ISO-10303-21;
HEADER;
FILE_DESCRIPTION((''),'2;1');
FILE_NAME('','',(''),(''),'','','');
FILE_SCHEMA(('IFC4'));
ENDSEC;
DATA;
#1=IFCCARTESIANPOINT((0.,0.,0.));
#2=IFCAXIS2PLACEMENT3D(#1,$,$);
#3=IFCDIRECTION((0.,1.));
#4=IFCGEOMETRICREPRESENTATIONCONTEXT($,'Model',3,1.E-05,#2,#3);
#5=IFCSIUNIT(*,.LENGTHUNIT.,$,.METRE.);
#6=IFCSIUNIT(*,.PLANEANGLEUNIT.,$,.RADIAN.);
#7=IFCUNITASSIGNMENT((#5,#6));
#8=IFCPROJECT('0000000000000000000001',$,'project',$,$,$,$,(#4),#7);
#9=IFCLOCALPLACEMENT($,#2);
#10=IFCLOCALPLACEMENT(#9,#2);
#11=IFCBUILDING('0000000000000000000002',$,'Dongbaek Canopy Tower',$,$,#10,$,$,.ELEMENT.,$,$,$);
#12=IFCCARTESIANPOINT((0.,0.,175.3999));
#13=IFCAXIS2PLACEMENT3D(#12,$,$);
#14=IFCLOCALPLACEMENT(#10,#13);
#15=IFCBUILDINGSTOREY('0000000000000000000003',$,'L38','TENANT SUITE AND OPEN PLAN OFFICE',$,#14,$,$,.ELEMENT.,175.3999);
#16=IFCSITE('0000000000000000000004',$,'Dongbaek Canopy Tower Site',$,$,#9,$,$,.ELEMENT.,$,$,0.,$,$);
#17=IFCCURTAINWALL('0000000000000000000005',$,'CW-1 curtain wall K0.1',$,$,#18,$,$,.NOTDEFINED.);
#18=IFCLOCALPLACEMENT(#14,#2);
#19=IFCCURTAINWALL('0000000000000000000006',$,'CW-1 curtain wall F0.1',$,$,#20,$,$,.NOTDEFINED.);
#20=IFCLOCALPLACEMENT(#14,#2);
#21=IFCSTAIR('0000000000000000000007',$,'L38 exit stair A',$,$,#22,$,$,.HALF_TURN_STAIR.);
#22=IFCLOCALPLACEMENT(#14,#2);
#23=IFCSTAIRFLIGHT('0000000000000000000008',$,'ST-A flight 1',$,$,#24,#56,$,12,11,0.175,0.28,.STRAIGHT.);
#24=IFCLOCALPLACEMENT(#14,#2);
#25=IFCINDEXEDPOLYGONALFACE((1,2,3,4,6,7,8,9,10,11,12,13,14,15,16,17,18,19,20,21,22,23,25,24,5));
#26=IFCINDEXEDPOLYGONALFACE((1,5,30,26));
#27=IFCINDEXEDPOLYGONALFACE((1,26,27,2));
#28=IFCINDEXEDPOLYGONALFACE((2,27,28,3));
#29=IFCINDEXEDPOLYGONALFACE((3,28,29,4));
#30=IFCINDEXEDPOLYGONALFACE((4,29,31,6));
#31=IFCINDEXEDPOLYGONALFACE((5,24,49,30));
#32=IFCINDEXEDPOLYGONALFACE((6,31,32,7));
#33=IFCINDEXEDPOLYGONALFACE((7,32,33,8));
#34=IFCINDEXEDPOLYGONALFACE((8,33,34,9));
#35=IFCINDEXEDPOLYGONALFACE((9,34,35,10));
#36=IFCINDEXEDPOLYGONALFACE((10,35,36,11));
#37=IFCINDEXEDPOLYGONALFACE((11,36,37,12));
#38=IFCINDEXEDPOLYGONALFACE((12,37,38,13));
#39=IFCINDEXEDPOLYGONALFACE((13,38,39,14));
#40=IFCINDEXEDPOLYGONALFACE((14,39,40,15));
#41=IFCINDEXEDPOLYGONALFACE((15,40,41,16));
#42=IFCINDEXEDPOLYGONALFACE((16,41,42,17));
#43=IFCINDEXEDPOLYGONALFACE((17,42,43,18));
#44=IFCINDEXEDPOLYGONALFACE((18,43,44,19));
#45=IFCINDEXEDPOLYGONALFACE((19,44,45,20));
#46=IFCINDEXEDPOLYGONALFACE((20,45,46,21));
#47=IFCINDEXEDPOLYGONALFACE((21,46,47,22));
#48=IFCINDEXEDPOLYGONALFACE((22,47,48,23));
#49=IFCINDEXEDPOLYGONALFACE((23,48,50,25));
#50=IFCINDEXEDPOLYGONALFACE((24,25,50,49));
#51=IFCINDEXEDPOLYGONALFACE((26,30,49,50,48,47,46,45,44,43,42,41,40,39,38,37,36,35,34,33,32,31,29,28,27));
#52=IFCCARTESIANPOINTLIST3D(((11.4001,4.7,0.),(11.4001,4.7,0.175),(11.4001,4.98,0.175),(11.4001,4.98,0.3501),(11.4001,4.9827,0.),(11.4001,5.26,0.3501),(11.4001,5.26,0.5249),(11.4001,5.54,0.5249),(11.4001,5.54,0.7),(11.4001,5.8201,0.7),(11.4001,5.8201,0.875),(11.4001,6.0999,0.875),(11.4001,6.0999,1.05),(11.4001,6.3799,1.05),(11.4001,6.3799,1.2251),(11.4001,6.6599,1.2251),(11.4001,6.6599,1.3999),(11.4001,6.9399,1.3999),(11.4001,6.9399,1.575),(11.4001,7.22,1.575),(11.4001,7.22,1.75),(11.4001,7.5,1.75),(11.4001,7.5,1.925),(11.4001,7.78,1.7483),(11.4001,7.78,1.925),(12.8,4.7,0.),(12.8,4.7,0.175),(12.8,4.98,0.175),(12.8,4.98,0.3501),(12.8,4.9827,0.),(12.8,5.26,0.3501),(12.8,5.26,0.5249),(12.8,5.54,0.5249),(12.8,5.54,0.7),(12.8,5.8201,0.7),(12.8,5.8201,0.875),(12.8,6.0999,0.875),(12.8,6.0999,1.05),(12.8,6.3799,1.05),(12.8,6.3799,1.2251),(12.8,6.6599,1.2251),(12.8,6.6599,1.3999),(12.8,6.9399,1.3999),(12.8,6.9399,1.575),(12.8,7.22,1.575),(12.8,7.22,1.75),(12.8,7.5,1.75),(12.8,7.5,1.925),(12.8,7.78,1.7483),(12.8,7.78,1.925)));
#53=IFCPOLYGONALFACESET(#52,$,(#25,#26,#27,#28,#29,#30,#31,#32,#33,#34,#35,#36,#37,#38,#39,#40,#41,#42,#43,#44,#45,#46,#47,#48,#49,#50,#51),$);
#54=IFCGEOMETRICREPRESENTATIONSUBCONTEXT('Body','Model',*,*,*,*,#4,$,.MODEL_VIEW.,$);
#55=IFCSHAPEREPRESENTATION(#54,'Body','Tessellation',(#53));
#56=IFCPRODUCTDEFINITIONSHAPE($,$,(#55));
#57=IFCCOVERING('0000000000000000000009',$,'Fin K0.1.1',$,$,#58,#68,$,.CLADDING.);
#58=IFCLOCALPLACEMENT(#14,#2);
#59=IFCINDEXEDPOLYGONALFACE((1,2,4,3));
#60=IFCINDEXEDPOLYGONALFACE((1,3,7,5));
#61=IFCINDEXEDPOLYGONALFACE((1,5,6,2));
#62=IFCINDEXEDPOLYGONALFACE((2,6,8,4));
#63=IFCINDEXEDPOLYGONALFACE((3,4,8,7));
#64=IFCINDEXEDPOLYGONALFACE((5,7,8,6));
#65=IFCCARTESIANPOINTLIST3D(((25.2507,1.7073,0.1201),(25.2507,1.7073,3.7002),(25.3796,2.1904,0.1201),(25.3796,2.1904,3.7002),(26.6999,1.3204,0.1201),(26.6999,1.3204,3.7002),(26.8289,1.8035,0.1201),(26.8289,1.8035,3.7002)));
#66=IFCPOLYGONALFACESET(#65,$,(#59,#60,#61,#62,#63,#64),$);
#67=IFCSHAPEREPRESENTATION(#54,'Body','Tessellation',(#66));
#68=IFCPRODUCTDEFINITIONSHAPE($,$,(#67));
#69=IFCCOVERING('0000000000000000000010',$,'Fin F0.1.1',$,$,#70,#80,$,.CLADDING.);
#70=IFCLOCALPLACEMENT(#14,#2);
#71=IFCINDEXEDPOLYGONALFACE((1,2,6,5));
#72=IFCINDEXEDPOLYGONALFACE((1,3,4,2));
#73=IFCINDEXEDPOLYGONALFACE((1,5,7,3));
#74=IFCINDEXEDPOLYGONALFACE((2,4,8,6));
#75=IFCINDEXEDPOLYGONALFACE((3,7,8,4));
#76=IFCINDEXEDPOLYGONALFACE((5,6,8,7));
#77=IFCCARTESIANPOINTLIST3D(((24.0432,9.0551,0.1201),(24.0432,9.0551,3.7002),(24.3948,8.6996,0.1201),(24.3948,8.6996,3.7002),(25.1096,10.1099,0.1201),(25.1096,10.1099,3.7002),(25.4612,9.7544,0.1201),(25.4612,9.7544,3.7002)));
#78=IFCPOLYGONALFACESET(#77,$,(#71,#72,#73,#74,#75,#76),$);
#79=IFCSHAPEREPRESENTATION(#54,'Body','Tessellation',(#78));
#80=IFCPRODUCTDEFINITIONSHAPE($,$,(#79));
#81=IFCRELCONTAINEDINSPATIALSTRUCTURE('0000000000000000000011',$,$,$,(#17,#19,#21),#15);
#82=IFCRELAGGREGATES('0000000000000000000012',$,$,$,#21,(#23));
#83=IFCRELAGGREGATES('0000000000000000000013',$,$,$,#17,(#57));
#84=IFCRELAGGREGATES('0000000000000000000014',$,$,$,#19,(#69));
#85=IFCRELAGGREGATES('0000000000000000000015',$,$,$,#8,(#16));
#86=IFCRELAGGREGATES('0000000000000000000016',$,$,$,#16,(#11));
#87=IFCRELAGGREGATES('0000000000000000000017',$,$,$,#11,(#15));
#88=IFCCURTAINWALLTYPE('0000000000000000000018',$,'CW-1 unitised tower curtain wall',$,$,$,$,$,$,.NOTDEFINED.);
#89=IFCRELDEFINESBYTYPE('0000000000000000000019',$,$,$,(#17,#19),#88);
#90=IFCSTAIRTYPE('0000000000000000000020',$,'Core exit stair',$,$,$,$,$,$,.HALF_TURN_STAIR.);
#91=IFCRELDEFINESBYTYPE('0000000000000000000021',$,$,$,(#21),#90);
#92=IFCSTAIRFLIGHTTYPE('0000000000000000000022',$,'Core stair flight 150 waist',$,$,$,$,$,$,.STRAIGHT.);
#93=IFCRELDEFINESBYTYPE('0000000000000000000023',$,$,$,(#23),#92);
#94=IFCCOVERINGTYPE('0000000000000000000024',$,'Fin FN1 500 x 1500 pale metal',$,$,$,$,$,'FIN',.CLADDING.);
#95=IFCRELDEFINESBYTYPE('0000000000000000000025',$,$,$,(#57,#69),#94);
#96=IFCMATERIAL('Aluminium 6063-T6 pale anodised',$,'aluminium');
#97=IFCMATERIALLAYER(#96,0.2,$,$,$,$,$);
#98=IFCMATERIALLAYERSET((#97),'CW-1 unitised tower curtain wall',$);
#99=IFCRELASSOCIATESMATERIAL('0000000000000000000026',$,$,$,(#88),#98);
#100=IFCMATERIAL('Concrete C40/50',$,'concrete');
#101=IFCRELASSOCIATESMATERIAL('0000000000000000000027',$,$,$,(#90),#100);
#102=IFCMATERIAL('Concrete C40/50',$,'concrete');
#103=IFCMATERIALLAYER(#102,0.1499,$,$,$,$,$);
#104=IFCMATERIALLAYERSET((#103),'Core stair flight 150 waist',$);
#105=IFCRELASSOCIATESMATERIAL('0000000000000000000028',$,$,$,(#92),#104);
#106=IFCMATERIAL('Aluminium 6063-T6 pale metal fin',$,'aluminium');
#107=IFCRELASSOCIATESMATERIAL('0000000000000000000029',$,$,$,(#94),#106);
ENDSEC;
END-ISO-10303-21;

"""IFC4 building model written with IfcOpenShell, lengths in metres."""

from ifc_helpers import new_model, si_unit, direction, frame, origin, origin_2d, place, context, subcontext, project, spatial, polyline, rectangle, outline, extrude, material, layer, layer_set, material_profile, profile_set, type_object, element, aggregate, save


model = new_model("IFC4")

# Units and contexts
model_context = context("Model", 3, precision=1e-05, world=origin(), true_north=direction((0.0, 1.0)))
body_context = subcontext(model_context, "Body", "Model", "MODEL_VIEW")
ifc_project = project(units=[si_unit("LENGTHUNIT", "METRE"), si_unit("PLANEANGLEUNIT", "RADIAN")], contexts=[model_context])

# Site, building, storey
site_placement = place(None, origin())
site = spatial("IfcSite", under=ifc_project, at=site_placement, Name="Dongbaek Canopy Tower Site", CompositionType="ELEMENT", RefElevation=0.0)
building_placement = place(site_placement, origin())
building = spatial("IfcBuilding", under=site, at=building_placement, Name="Dongbaek Canopy Tower", CompositionType="ELEMENT")
storey_placement = place(building_placement, frame((0.0, 0.0, 175.3999)))
storey = spatial("IfcBuildingStorey", under=building, at=storey_placement, Name="L38", Description="TENANT SUITE AND OPEN PLAN OFFICE", CompositionType="ELEMENT", Elevation=175.3999)

# Curtain wall
ifc_material_1 = material(Name="Aluminium 6063-T6 pale anodised", Category="aluminium")
ifc_layer_1 = layer(ifc_material_1, 0.2)
ifc_layer_set_1 = layer_set([ifc_layer_1], Name="CW-1 unitised tower curtain wall")
curtain_wall_type = type_object("IfcCurtainWallType", Name="CW-1 unitised tower curtain wall", PredefinedType="NOTDEFINED", material=ifc_layer_set_1)
curtain_wall_1_placement = place(storey_placement, origin())
curtain_wall_1 = element("IfcCurtainWall", 1, at=curtain_wall_1_placement, inside=storey, type_object=curtain_wall_type, Name="CW-1 curtain wall K0.1", PredefinedType="NOTDEFINED")

# Curtain wall
curtain_wall_2_placement = place(storey_placement, origin())
curtain_wall_2 = element("IfcCurtainWall", 2, at=curtain_wall_2_placement, inside=storey, type_object=curtain_wall_type, Name="CW-1 curtain wall F0.1", PredefinedType="NOTDEFINED")

# Stair, stair flight
ifc_material_2 = material(Name="Concrete C40/50", Category="concrete")
stair_type = type_object("IfcStairType", Name="Core exit stair", PredefinedType="HALF_TURN_STAIR", material=ifc_material_2)
stair_placement = place(storey_placement, origin())
stair = element("IfcStair", 3, at=stair_placement, inside=storey, type_object=stair_type, Name="L38 exit stair A", PredefinedType="HALF_TURN_STAIR")
ifc_material_3 = material(Name="Concrete C40/50", Category="concrete")
ifc_layer_2 = layer(ifc_material_3, 0.1499)
ifc_layer_set_2 = layer_set([ifc_layer_2], Name="Core stair flight 150 waist")
stair_flight_type = type_object("IfcStairFlightType", Name="Core stair flight 150 waist", PredefinedType="STRAIGHT", material=ifc_layer_set_2)
stair_flight_placement = place(storey_placement, frame((12.1001, 4.7, 0.0), z_axis=(0.0, 0.0, 1.0), x_axis=(0.0, 1.0, 0.0)))
stair_flight = element("IfcStairFlight", 4, at=stair_flight_placement, type_object=stair_flight_type, Name="ST-A flight 1", NumberOfRisers=12, NumberOfTreads=11, PredefinedType="STRAIGHT", RiserHeight=0.175, TreadLength=0.28, context=body_context, shape_type="SweptSolid", body=[
    extrude(outline(polyline([(0.0, 0.0), (0.0, 0.175), (0.28, 0.175), (0.28, 0.3501), (0.5601, 0.3501), (0.5601, 0.5249), (0.8401, 0.5249), (0.8401, 0.7), (1.1201, 0.7), (1.1201, 0.875), (1.3999, 0.875), (1.3999, 1.05), (1.6799, 1.05), (1.6799, 1.2251), (1.96, 1.2251), (1.96, 1.3999), (2.24, 1.3999), (2.24, 1.575), (2.52, 1.575), (2.52, 1.75), (2.8, 1.75), (2.8, 1.925), (3.0801, 1.925), (3.0801, 2.1001), (3.0801, 1.7483), (0.2827, 0.0), (0.0, 0.0)])), frame((0.0, 0.7, 0.0), z_axis=(0.0, -1.0, 0.0), x_axis=(1.0, 0.0, 0.0)), (0.0, 0.0, 1.0), 1.3999),
])
aggregate(stair, [stair_flight])

# Coverings
ifc_material_4 = material(Name="Aluminium 6063-T6 pale metal fin", Category="aluminium")
ifc_material_profile_1 = material_profile(ifc_material_4, rectangle(XDim=1.5, YDim=0.5, at=origin_2d()), Name="Fin FN1 500 x 1500 pale metal")
ifc_profile_set_1 = profile_set([ifc_material_profile_1], Name="Aluminium 6063-T6 pale metal fin")
covering_type = type_object("IfcCoveringType", Name="Fin FN1 500 x 1500 pale metal", ElementType="FIN", PredefinedType="CLADDING", material=ifc_profile_set_1)
covering_1_placement = place(storey_placement, frame((26.0398, 1.7554, 0.1201), z_axis=(0.0, 0.0, 1.0), x_axis=(0.966167, -0.257917, 0.0)))
covering_1 = element("IfcCovering", 5, at=covering_1_placement, type_object=covering_type, Name="Fin K0.1.1", PredefinedType="CLADDING", context=body_context, shape_type="SweptSolid", body=[
    extrude(rectangle(XDim=1.5, YDim=0.5, at=origin_2d()), origin(), (0.0, 0.0, 1.0), 3.5801),
])
aggregate(curtain_wall_1, [covering_1])
covering_2_placement = place(storey_placement, frame((24.7522, 9.4048, 0.1201), z_axis=(0.0, 0.0, 1.0), x_axis=(0.710991, 0.703201, 0.0)))
covering_2 = element("IfcCovering", 6, at=covering_2_placement, type_object=covering_type, Name="Fin F0.1.1", PredefinedType="CLADDING", context=body_context, shape_type="SweptSolid", body=[
    extrude(rectangle(XDim=1.5, YDim=0.5, at=origin_2d()), origin(), (0.0, 0.0, 1.0), 3.5801),
])
aggregate(curtain_wall_2, [covering_2])

save(model, "model.ifc")
